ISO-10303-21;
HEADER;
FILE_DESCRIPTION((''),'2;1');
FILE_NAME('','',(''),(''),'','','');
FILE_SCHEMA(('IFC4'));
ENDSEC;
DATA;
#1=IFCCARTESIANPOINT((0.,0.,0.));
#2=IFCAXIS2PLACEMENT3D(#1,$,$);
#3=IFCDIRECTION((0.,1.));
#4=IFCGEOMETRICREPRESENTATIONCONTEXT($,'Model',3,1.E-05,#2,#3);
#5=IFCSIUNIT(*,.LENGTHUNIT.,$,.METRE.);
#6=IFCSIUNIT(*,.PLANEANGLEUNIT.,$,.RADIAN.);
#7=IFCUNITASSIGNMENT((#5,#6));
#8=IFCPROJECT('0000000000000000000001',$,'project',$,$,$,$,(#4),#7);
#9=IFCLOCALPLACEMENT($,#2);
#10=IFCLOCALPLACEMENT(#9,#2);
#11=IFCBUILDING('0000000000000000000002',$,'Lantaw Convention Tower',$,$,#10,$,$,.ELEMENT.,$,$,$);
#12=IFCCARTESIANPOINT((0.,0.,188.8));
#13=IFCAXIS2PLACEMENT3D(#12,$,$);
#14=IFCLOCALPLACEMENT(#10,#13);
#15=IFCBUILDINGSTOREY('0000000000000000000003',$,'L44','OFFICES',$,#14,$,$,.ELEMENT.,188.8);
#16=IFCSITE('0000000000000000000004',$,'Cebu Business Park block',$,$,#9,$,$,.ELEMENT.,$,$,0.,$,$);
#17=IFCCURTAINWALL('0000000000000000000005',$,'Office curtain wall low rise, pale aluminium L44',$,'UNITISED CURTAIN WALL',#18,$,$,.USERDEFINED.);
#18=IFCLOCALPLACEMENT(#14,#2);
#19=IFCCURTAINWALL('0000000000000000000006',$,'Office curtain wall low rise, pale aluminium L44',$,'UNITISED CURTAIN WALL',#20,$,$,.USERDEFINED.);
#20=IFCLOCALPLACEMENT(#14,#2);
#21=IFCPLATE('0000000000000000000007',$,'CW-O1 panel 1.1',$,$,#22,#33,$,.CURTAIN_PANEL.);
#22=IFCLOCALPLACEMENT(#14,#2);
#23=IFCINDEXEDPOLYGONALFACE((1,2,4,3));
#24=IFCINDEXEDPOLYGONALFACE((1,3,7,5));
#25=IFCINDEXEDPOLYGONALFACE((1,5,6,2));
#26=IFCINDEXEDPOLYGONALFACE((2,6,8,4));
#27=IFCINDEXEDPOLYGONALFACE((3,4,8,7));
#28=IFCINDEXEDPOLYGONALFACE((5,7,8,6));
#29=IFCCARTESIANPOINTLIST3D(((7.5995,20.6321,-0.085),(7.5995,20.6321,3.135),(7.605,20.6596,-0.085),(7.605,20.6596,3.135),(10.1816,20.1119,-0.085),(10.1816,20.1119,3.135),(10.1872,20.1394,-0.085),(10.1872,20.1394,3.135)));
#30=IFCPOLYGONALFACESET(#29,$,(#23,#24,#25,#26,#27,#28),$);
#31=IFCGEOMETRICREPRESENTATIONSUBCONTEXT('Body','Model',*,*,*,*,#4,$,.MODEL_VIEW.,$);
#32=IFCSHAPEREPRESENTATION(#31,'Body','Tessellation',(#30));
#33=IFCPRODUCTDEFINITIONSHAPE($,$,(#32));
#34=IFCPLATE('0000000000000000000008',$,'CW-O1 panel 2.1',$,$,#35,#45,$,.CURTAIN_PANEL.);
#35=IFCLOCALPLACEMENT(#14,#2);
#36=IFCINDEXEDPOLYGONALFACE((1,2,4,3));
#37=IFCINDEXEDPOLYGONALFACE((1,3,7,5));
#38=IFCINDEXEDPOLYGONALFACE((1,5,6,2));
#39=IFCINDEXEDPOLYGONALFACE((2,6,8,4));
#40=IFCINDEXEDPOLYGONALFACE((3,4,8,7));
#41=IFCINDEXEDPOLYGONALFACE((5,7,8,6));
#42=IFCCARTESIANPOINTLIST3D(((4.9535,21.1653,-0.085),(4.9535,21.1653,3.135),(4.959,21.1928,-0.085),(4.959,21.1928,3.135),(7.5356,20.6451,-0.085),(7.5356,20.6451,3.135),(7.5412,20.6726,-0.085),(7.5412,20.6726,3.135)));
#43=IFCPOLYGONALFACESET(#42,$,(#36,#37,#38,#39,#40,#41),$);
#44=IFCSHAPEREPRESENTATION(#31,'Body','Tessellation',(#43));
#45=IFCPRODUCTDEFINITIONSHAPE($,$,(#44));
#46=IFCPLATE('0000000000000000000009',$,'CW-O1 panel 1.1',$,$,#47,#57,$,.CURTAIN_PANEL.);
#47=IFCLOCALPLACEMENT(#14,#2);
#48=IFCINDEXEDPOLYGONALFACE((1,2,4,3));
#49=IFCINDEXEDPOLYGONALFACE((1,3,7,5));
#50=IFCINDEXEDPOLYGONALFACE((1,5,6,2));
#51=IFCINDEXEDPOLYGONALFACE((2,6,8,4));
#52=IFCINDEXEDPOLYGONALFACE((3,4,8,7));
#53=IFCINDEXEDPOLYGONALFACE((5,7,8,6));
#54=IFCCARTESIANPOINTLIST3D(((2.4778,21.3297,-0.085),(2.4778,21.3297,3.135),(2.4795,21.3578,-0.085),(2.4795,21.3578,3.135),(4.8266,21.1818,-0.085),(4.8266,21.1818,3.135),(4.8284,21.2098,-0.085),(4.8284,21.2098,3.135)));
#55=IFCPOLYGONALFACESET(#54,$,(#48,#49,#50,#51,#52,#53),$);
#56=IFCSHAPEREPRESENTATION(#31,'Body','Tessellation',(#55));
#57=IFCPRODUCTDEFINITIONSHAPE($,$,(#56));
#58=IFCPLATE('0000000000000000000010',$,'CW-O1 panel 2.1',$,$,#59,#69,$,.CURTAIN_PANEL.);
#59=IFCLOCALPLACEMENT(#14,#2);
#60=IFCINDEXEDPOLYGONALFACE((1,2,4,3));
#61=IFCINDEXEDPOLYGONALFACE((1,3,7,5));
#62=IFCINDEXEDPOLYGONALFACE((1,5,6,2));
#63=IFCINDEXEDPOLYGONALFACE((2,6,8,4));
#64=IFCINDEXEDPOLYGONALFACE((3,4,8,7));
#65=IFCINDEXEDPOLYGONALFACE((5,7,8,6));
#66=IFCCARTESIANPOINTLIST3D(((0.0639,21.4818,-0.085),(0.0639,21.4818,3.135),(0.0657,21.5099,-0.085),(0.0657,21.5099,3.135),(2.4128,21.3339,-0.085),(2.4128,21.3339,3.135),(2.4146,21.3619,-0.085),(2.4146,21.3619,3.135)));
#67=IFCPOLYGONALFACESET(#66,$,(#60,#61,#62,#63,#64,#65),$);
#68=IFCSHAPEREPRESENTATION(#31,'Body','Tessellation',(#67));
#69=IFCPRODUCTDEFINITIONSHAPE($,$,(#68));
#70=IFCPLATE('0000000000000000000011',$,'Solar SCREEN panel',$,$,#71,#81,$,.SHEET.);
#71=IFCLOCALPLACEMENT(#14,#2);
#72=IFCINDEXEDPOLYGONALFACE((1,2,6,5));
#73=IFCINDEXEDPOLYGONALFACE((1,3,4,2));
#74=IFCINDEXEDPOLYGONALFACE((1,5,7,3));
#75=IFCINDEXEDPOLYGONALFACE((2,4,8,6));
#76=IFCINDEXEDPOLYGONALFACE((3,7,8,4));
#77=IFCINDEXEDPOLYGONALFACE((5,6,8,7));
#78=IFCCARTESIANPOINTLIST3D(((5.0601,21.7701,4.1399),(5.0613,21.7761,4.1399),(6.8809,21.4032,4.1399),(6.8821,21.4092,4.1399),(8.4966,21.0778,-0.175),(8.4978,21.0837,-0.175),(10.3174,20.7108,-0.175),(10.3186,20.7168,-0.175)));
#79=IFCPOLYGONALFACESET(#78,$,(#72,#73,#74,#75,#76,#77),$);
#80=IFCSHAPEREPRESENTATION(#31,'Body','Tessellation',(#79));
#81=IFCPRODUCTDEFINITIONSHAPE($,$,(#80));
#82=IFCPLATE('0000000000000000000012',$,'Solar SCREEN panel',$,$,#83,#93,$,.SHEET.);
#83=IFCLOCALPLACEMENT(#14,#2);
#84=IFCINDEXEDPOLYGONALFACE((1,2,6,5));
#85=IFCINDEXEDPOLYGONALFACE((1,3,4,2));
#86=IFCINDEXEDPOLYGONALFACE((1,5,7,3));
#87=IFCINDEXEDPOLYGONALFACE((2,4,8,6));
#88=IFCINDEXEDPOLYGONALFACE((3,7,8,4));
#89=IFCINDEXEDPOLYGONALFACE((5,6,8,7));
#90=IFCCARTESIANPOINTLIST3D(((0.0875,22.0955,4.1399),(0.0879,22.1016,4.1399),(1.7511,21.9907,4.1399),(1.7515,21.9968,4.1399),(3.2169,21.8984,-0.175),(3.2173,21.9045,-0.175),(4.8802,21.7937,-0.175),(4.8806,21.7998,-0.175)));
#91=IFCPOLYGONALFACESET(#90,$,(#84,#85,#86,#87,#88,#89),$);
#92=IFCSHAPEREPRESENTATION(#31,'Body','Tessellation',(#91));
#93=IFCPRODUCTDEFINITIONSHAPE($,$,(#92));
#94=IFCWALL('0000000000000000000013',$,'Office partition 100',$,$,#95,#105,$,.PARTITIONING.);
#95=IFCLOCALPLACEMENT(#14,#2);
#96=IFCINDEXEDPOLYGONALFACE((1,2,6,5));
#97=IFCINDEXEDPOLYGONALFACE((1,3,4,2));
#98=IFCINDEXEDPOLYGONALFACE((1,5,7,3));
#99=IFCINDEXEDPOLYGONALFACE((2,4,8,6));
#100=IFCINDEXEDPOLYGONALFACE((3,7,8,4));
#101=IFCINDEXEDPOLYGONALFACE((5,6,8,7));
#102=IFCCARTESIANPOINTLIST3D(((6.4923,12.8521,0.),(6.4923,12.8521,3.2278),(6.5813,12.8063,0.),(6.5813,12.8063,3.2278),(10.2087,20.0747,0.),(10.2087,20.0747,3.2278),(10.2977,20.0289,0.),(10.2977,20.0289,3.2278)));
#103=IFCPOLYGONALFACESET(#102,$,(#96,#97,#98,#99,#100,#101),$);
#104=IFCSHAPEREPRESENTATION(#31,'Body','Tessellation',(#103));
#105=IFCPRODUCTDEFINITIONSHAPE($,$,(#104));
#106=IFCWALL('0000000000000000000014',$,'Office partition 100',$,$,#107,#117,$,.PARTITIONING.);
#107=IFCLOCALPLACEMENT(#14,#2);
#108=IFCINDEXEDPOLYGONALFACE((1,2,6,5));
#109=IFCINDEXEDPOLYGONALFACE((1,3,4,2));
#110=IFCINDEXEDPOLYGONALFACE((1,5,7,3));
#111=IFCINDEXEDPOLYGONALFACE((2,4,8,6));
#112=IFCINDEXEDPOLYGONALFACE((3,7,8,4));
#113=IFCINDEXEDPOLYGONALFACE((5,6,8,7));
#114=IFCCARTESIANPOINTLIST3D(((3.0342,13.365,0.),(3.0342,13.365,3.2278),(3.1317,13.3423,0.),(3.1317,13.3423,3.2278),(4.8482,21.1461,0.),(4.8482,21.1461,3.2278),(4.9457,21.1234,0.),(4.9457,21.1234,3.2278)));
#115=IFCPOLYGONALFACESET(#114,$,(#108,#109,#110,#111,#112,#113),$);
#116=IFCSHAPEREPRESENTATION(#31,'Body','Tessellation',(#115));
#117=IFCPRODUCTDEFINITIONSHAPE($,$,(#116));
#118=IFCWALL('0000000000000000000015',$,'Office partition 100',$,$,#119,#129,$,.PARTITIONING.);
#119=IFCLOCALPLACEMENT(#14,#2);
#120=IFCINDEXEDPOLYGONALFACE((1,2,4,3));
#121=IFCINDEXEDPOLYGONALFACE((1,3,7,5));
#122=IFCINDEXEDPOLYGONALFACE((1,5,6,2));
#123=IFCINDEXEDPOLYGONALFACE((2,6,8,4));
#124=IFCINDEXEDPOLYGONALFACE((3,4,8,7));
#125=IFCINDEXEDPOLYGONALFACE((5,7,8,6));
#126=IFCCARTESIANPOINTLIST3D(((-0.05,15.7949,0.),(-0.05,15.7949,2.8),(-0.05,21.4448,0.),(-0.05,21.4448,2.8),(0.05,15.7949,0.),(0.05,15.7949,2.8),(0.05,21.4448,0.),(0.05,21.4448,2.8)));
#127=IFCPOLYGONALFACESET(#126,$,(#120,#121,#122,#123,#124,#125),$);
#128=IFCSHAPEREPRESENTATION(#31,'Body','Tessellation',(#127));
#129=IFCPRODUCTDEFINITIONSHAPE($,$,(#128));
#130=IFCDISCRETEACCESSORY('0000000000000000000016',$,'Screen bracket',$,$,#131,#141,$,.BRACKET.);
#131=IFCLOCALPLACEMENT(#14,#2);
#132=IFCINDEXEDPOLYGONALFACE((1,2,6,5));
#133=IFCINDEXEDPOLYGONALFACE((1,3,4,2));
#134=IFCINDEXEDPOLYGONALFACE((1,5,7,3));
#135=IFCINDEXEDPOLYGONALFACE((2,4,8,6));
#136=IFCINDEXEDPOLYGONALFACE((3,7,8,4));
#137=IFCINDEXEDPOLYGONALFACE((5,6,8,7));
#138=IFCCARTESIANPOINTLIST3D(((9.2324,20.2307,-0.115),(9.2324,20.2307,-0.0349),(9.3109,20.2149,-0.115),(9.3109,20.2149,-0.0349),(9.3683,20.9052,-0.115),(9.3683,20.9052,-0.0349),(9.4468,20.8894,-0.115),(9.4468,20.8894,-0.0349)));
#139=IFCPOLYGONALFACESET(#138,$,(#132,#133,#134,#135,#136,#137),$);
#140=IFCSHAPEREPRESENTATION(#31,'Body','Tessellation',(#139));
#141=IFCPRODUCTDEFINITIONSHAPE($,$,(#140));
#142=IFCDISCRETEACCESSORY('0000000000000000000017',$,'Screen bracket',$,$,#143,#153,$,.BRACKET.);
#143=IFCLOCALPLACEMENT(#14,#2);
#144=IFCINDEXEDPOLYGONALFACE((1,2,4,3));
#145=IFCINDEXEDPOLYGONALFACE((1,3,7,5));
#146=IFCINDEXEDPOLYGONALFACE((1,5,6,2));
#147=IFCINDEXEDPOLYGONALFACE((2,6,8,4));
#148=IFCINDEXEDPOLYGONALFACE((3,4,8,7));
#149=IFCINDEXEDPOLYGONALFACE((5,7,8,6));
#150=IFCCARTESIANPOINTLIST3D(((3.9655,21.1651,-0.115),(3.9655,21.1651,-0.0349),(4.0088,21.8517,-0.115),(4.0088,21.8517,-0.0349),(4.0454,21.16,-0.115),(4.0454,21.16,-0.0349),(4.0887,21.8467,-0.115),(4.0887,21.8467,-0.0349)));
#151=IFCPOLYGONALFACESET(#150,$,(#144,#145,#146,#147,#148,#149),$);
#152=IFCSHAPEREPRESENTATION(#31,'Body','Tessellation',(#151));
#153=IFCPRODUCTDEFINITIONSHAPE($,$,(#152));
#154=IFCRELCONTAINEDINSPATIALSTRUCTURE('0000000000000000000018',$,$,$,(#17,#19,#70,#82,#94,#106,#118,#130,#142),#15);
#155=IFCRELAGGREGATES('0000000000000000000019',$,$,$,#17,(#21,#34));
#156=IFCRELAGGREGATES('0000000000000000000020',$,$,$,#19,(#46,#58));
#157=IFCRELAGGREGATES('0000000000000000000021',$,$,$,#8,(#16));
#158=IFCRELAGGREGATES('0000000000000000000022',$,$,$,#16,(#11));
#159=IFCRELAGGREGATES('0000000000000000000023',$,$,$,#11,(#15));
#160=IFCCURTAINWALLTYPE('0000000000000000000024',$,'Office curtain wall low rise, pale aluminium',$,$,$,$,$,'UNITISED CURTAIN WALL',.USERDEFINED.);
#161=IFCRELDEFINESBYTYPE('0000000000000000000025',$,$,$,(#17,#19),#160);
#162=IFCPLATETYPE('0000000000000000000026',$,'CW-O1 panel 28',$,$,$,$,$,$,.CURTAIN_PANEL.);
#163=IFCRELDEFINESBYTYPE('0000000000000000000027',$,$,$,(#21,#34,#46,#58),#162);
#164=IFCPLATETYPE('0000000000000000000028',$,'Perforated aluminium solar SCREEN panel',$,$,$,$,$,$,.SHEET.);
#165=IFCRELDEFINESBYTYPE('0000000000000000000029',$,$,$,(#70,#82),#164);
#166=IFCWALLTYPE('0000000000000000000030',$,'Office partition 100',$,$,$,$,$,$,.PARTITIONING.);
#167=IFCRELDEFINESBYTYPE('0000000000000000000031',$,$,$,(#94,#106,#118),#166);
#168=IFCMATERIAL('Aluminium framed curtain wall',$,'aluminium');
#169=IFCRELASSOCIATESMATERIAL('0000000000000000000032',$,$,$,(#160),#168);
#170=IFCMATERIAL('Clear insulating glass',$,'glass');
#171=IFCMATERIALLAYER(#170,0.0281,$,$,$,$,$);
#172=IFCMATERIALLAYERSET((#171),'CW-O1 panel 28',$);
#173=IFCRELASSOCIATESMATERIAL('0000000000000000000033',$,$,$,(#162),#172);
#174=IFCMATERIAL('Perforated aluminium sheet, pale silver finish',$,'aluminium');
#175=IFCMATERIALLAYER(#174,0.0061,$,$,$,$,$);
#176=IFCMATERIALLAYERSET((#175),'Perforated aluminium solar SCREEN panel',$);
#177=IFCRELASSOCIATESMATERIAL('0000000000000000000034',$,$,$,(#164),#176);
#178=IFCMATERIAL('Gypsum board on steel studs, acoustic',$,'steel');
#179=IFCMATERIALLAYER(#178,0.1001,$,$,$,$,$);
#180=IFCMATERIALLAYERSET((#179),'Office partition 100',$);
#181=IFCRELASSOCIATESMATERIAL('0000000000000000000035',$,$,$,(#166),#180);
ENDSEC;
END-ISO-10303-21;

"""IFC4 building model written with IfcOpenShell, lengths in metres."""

from ifc_helpers import new_model, si_unit, direction, frame, frame_2d, origin, origin_2d, place, context, subcontext, project, spatial, polyline, rectangle, outline, extrude, material, layer, layer_set, type_object, element, aggregate, save


model = new_model("IFC4")

# Units and contexts
model_context = context("Model", 3, precision=1e-05, world=origin(), true_north=direction((0.0, 1.0)))
body_context = subcontext(model_context, "Body", "Model", "MODEL_VIEW")
ifc_project = project(units=[si_unit("LENGTHUNIT", "METRE"), si_unit("PLANEANGLEUNIT", "RADIAN")], contexts=[model_context])

# Site, building, storey
site_placement = place(None, origin())
site = spatial("IfcSite", under=ifc_project, at=site_placement, Name="Cebu Business Park block", CompositionType="ELEMENT", RefElevation=0.0)
building_placement = place(site_placement, origin())
building = spatial("IfcBuilding", under=site, at=building_placement, Name="Lantaw Convention Tower", CompositionType="ELEMENT")
storey_placement = place(building_placement, frame((0.0, 0.0, 188.8)))
storey = spatial("IfcBuildingStorey", under=building, at=storey_placement, Name="L44", Description="OFFICES", CompositionType="ELEMENT", Elevation=188.8)

# Shared definitions
ifc_material_1 = material(Name="Aluminium framed curtain wall", Category="aluminium")
curtain_wall_type = type_object("IfcCurtainWallType", Name="Office curtain wall low rise, pale aluminium", ElementType="UNITISED CURTAIN WALL", PredefinedType="USERDEFINED", material=ifc_material_1)

# Curtain walls
curtain_wall_1_placement = place(storey_placement, origin())
curtain_wall_1 = element("IfcCurtainWall", 1, at=curtain_wall_1_placement, inside=storey, type_object=curtain_wall_type, Name="Office curtain wall low rise, pale aluminium L44", ObjectType="UNITISED CURTAIN WALL", PredefinedType="USERDEFINED")
curtain_wall_2_placement = place(storey_placement, origin())
curtain_wall_2 = element("IfcCurtainWall", 2, at=curtain_wall_2_placement, inside=storey, type_object=curtain_wall_type, Name="Office curtain wall low rise, pale aluminium L44", ObjectType="UNITISED CURTAIN WALL", PredefinedType="USERDEFINED")

# Plates
ifc_material_2 = material(Name="Clear insulating glass", Category="glass")
ifc_layer_1 = layer(ifc_material_2, 0.0281)
ifc_layer_set_1 = layer_set([ifc_layer_1], Name="CW-O1 panel 28")
plate_type_1 = type_object("IfcPlateType", Name="CW-O1 panel 28", PredefinedType="CURTAIN_PANEL", material=ifc_layer_set_1)
plate_1_placement = place(storey_placement, frame((8.8933, 20.3857, -0.085), z_axis=(0.0, 0.0, 1.0), x_axis=(-0.980302, 0.197507, 0.0)))
plate_1 = element("IfcPlate", 3, at=plate_1_placement, type_object=plate_type_1, Name="CW-O1 panel 1.1", PredefinedType="CURTAIN_PANEL", context=body_context, shape_type="SweptSolid", body=[
    extrude(rectangle(XDim=2.634, YDim=0.0281, at=origin_2d()), origin(), (0.0, 0.0, 1.0), 3.22),
])
plate_2_placement = place(storey_placement, frame((6.2473, 20.9189, -0.085), z_axis=(0.0, 0.0, 1.0), x_axis=(-0.980302, 0.197507, 0.0)))
plate_2 = element("IfcPlate", 4, at=plate_2_placement, type_object=plate_type_1, Name="CW-O1 panel 2.1", PredefinedType="CURTAIN_PANEL", context=body_context, shape_type="SweptSolid", body=[
    extrude(rectangle(XDim=2.634, YDim=0.0281, at=origin_2d()), origin(), (0.0, 0.0, 1.0), 3.22),
])
aggregate(curtain_wall_1, [plate_1, plate_2])
plate_3_placement = place(storey_placement, frame((3.6531, 21.2698, -0.085), z_axis=(0.0, 0.0, 1.0), x_axis=(-0.998022, 0.062865, 0.0)))
plate_3 = element("IfcPlate", 5, at=plate_3_placement, type_object=plate_type_1, Name="CW-O1 panel 1.1", PredefinedType="CURTAIN_PANEL", context=body_context, shape_type="SweptSolid", body=[
    extrude(rectangle(XDim=2.3535, YDim=0.0281, at=origin_2d()), origin(), (0.0, 0.0, 1.0), 3.22),
])
plate_4_placement = place(storey_placement, frame((1.2393, 21.4219, -0.085), z_axis=(0.0, 0.0, 1.0), x_axis=(-0.998022, 0.062865, 0.0)))
plate_4 = element("IfcPlate", 6, at=plate_4_placement, type_object=plate_type_1, Name="CW-O1 panel 2.1", PredefinedType="CURTAIN_PANEL", context=body_context, shape_type="SweptSolid", body=[
    extrude(rectangle(XDim=2.3535, YDim=0.0281, at=origin_2d()), origin(), (0.0, 0.0, 1.0), 3.22),
])
aggregate(curtain_wall_2, [plate_3, plate_4])

# Plates
ifc_material_3 = material(Name="Perforated aluminium sheet, pale silver finish", Category="aluminium")
ifc_layer_2 = layer(ifc_material_3, 0.0061)
ifc_layer_set_2 = layer_set([ifc_layer_2], Name="Perforated aluminium solar SCREEN panel")
plate_type_2 = type_object("IfcPlateType", Name="Perforated aluminium solar SCREEN panel", PredefinedType="SHEET", material=ifc_layer_set_2)
plate_5_placement = place(storey_placement, frame((10.3186, 20.7168, -0.175), z_axis=(0.197557, 0.980291, 0.00004), x_axis=(-0.980291, 0.197557, 0.0)))
element("IfcPlate", 7, at=plate_5_placement, inside=storey, type_object=plate_type_2, Name="Solar SCREEN panel", PredefinedType="SHEET", context=body_context, shape_type="SweptSolid", body=[
    extrude(outline(polyline([(0.0, 0.0), (1.8574, 0.0), (5.363, 4.3149), (3.5056, 4.3149), (0.0, 0.0)])), origin(), (0.0, 0.0, -1.0), 0.0061),
])
plate_6_placement = place(storey_placement, frame((4.8806, 21.7998, -0.175), z_axis=(0.062839, 0.998024, 0.000002), x_axis=(-0.998024, 0.062839, 0.0)))
element("IfcPlate", 8, at=plate_6_placement, inside=storey, type_object=plate_type_2, Name="Solar SCREEN panel", PredefinedType="SHEET", context=body_context, shape_type="SweptSolid", body=[
    extrude(outline(polyline([(0.0, 0.0), (1.6666, 0.0), (4.8022, 4.3149), (3.1353, 4.3149), (0.0, 0.0)])), origin(), (0.0, 0.0, -1.0), 0.0061),
])

# Walls
ifc_material_4 = material(Name="Gypsum board on steel studs, acoustic", Category="steel")
ifc_layer_3 = layer(ifc_material_4, 0.1001)
ifc_layer_set_3 = layer_set([ifc_layer_3], Name="Office partition 100")
wall_type = type_object("IfcWallType", Name="Office partition 100", PredefinedType="PARTITIONING", material=ifc_layer_set_3)
wall_1_placement = place(storey_placement, frame((10.2532, 20.0518, 0.0), z_axis=(0.0, 0.0, 1.0), x_axis=(-0.457535, -0.889191, 0.0)))
element("IfcWall", 9, at=wall_1_placement, inside=storey, type_object=wall_type, Name="Office partition 100", PredefinedType="PARTITIONING", context=body_context, shape_type="SweptSolid", body=[
    extrude(rectangle(XDim=8.1226, YDim=0.1001, at=frame_2d((4.0613, 0.0))), origin(), (0.0, 0.0, 1.0), 3.2278),
])
wall_2_placement = place(storey_placement, frame((4.897, 21.1348, 0.0), z_axis=(0.0, 0.0, 1.0), x_axis=(-0.227039, -0.973886, 0.0)))
element("IfcWall", 10, at=wall_2_placement, inside=storey, type_object=wall_type, Name="Office partition 100", PredefinedType="PARTITIONING", context=body_context, shape_type="SweptSolid", body=[
    extrude(rectangle(XDim=7.9897, YDim=0.1001, at=frame_2d((3.9949, 0.0))), origin(), (0.0, 0.0, 1.0), 3.2278),
])
wall_3_placement = place(storey_placement, frame((0.0, 21.4448, 0.0), z_axis=(0.0, 0.0, 1.0), x_axis=(0.0, -1.0, 0.0)))
element("IfcWall", 11, at=wall_3_placement, inside=storey, type_object=wall_type, Name="Office partition 100", PredefinedType="PARTITIONING", context=body_context, shape_type="SweptSolid", body=[
    extrude(rectangle(XDim=5.6499, YDim=0.1001, at=frame_2d((2.825, 0.0))), origin(), (0.0, 0.0, 1.0), 2.8),
])

# Discrete accessories
for number, where, z_axis, x_axis, name in (
    (12, (9.3396, 20.5601, -0.115), (0.0, 0.0, 1.0), (-0.980302, 0.197507, 0.0), "Screen bracket"),
    (13, (4.0271, 21.5059, -0.115), (0.0, 0.0, 1.0), (-0.998022, 0.062865, 0.0), "Screen bracket"),
):
    element("IfcDiscreteAccessory", number, at=place(storey_placement, frame(where, z_axis=z_axis, x_axis=x_axis)), inside=storey, Name=name, PredefinedType="BRACKET", context=body_context, shape_type="SweptSolid", body=[
        extrude(rectangle(XDim=0.0801, YDim=0.688, at=origin_2d()), origin(), (0.0, 0.0, 1.0), 0.0801),
    ])

save(model, "model.ifc")
